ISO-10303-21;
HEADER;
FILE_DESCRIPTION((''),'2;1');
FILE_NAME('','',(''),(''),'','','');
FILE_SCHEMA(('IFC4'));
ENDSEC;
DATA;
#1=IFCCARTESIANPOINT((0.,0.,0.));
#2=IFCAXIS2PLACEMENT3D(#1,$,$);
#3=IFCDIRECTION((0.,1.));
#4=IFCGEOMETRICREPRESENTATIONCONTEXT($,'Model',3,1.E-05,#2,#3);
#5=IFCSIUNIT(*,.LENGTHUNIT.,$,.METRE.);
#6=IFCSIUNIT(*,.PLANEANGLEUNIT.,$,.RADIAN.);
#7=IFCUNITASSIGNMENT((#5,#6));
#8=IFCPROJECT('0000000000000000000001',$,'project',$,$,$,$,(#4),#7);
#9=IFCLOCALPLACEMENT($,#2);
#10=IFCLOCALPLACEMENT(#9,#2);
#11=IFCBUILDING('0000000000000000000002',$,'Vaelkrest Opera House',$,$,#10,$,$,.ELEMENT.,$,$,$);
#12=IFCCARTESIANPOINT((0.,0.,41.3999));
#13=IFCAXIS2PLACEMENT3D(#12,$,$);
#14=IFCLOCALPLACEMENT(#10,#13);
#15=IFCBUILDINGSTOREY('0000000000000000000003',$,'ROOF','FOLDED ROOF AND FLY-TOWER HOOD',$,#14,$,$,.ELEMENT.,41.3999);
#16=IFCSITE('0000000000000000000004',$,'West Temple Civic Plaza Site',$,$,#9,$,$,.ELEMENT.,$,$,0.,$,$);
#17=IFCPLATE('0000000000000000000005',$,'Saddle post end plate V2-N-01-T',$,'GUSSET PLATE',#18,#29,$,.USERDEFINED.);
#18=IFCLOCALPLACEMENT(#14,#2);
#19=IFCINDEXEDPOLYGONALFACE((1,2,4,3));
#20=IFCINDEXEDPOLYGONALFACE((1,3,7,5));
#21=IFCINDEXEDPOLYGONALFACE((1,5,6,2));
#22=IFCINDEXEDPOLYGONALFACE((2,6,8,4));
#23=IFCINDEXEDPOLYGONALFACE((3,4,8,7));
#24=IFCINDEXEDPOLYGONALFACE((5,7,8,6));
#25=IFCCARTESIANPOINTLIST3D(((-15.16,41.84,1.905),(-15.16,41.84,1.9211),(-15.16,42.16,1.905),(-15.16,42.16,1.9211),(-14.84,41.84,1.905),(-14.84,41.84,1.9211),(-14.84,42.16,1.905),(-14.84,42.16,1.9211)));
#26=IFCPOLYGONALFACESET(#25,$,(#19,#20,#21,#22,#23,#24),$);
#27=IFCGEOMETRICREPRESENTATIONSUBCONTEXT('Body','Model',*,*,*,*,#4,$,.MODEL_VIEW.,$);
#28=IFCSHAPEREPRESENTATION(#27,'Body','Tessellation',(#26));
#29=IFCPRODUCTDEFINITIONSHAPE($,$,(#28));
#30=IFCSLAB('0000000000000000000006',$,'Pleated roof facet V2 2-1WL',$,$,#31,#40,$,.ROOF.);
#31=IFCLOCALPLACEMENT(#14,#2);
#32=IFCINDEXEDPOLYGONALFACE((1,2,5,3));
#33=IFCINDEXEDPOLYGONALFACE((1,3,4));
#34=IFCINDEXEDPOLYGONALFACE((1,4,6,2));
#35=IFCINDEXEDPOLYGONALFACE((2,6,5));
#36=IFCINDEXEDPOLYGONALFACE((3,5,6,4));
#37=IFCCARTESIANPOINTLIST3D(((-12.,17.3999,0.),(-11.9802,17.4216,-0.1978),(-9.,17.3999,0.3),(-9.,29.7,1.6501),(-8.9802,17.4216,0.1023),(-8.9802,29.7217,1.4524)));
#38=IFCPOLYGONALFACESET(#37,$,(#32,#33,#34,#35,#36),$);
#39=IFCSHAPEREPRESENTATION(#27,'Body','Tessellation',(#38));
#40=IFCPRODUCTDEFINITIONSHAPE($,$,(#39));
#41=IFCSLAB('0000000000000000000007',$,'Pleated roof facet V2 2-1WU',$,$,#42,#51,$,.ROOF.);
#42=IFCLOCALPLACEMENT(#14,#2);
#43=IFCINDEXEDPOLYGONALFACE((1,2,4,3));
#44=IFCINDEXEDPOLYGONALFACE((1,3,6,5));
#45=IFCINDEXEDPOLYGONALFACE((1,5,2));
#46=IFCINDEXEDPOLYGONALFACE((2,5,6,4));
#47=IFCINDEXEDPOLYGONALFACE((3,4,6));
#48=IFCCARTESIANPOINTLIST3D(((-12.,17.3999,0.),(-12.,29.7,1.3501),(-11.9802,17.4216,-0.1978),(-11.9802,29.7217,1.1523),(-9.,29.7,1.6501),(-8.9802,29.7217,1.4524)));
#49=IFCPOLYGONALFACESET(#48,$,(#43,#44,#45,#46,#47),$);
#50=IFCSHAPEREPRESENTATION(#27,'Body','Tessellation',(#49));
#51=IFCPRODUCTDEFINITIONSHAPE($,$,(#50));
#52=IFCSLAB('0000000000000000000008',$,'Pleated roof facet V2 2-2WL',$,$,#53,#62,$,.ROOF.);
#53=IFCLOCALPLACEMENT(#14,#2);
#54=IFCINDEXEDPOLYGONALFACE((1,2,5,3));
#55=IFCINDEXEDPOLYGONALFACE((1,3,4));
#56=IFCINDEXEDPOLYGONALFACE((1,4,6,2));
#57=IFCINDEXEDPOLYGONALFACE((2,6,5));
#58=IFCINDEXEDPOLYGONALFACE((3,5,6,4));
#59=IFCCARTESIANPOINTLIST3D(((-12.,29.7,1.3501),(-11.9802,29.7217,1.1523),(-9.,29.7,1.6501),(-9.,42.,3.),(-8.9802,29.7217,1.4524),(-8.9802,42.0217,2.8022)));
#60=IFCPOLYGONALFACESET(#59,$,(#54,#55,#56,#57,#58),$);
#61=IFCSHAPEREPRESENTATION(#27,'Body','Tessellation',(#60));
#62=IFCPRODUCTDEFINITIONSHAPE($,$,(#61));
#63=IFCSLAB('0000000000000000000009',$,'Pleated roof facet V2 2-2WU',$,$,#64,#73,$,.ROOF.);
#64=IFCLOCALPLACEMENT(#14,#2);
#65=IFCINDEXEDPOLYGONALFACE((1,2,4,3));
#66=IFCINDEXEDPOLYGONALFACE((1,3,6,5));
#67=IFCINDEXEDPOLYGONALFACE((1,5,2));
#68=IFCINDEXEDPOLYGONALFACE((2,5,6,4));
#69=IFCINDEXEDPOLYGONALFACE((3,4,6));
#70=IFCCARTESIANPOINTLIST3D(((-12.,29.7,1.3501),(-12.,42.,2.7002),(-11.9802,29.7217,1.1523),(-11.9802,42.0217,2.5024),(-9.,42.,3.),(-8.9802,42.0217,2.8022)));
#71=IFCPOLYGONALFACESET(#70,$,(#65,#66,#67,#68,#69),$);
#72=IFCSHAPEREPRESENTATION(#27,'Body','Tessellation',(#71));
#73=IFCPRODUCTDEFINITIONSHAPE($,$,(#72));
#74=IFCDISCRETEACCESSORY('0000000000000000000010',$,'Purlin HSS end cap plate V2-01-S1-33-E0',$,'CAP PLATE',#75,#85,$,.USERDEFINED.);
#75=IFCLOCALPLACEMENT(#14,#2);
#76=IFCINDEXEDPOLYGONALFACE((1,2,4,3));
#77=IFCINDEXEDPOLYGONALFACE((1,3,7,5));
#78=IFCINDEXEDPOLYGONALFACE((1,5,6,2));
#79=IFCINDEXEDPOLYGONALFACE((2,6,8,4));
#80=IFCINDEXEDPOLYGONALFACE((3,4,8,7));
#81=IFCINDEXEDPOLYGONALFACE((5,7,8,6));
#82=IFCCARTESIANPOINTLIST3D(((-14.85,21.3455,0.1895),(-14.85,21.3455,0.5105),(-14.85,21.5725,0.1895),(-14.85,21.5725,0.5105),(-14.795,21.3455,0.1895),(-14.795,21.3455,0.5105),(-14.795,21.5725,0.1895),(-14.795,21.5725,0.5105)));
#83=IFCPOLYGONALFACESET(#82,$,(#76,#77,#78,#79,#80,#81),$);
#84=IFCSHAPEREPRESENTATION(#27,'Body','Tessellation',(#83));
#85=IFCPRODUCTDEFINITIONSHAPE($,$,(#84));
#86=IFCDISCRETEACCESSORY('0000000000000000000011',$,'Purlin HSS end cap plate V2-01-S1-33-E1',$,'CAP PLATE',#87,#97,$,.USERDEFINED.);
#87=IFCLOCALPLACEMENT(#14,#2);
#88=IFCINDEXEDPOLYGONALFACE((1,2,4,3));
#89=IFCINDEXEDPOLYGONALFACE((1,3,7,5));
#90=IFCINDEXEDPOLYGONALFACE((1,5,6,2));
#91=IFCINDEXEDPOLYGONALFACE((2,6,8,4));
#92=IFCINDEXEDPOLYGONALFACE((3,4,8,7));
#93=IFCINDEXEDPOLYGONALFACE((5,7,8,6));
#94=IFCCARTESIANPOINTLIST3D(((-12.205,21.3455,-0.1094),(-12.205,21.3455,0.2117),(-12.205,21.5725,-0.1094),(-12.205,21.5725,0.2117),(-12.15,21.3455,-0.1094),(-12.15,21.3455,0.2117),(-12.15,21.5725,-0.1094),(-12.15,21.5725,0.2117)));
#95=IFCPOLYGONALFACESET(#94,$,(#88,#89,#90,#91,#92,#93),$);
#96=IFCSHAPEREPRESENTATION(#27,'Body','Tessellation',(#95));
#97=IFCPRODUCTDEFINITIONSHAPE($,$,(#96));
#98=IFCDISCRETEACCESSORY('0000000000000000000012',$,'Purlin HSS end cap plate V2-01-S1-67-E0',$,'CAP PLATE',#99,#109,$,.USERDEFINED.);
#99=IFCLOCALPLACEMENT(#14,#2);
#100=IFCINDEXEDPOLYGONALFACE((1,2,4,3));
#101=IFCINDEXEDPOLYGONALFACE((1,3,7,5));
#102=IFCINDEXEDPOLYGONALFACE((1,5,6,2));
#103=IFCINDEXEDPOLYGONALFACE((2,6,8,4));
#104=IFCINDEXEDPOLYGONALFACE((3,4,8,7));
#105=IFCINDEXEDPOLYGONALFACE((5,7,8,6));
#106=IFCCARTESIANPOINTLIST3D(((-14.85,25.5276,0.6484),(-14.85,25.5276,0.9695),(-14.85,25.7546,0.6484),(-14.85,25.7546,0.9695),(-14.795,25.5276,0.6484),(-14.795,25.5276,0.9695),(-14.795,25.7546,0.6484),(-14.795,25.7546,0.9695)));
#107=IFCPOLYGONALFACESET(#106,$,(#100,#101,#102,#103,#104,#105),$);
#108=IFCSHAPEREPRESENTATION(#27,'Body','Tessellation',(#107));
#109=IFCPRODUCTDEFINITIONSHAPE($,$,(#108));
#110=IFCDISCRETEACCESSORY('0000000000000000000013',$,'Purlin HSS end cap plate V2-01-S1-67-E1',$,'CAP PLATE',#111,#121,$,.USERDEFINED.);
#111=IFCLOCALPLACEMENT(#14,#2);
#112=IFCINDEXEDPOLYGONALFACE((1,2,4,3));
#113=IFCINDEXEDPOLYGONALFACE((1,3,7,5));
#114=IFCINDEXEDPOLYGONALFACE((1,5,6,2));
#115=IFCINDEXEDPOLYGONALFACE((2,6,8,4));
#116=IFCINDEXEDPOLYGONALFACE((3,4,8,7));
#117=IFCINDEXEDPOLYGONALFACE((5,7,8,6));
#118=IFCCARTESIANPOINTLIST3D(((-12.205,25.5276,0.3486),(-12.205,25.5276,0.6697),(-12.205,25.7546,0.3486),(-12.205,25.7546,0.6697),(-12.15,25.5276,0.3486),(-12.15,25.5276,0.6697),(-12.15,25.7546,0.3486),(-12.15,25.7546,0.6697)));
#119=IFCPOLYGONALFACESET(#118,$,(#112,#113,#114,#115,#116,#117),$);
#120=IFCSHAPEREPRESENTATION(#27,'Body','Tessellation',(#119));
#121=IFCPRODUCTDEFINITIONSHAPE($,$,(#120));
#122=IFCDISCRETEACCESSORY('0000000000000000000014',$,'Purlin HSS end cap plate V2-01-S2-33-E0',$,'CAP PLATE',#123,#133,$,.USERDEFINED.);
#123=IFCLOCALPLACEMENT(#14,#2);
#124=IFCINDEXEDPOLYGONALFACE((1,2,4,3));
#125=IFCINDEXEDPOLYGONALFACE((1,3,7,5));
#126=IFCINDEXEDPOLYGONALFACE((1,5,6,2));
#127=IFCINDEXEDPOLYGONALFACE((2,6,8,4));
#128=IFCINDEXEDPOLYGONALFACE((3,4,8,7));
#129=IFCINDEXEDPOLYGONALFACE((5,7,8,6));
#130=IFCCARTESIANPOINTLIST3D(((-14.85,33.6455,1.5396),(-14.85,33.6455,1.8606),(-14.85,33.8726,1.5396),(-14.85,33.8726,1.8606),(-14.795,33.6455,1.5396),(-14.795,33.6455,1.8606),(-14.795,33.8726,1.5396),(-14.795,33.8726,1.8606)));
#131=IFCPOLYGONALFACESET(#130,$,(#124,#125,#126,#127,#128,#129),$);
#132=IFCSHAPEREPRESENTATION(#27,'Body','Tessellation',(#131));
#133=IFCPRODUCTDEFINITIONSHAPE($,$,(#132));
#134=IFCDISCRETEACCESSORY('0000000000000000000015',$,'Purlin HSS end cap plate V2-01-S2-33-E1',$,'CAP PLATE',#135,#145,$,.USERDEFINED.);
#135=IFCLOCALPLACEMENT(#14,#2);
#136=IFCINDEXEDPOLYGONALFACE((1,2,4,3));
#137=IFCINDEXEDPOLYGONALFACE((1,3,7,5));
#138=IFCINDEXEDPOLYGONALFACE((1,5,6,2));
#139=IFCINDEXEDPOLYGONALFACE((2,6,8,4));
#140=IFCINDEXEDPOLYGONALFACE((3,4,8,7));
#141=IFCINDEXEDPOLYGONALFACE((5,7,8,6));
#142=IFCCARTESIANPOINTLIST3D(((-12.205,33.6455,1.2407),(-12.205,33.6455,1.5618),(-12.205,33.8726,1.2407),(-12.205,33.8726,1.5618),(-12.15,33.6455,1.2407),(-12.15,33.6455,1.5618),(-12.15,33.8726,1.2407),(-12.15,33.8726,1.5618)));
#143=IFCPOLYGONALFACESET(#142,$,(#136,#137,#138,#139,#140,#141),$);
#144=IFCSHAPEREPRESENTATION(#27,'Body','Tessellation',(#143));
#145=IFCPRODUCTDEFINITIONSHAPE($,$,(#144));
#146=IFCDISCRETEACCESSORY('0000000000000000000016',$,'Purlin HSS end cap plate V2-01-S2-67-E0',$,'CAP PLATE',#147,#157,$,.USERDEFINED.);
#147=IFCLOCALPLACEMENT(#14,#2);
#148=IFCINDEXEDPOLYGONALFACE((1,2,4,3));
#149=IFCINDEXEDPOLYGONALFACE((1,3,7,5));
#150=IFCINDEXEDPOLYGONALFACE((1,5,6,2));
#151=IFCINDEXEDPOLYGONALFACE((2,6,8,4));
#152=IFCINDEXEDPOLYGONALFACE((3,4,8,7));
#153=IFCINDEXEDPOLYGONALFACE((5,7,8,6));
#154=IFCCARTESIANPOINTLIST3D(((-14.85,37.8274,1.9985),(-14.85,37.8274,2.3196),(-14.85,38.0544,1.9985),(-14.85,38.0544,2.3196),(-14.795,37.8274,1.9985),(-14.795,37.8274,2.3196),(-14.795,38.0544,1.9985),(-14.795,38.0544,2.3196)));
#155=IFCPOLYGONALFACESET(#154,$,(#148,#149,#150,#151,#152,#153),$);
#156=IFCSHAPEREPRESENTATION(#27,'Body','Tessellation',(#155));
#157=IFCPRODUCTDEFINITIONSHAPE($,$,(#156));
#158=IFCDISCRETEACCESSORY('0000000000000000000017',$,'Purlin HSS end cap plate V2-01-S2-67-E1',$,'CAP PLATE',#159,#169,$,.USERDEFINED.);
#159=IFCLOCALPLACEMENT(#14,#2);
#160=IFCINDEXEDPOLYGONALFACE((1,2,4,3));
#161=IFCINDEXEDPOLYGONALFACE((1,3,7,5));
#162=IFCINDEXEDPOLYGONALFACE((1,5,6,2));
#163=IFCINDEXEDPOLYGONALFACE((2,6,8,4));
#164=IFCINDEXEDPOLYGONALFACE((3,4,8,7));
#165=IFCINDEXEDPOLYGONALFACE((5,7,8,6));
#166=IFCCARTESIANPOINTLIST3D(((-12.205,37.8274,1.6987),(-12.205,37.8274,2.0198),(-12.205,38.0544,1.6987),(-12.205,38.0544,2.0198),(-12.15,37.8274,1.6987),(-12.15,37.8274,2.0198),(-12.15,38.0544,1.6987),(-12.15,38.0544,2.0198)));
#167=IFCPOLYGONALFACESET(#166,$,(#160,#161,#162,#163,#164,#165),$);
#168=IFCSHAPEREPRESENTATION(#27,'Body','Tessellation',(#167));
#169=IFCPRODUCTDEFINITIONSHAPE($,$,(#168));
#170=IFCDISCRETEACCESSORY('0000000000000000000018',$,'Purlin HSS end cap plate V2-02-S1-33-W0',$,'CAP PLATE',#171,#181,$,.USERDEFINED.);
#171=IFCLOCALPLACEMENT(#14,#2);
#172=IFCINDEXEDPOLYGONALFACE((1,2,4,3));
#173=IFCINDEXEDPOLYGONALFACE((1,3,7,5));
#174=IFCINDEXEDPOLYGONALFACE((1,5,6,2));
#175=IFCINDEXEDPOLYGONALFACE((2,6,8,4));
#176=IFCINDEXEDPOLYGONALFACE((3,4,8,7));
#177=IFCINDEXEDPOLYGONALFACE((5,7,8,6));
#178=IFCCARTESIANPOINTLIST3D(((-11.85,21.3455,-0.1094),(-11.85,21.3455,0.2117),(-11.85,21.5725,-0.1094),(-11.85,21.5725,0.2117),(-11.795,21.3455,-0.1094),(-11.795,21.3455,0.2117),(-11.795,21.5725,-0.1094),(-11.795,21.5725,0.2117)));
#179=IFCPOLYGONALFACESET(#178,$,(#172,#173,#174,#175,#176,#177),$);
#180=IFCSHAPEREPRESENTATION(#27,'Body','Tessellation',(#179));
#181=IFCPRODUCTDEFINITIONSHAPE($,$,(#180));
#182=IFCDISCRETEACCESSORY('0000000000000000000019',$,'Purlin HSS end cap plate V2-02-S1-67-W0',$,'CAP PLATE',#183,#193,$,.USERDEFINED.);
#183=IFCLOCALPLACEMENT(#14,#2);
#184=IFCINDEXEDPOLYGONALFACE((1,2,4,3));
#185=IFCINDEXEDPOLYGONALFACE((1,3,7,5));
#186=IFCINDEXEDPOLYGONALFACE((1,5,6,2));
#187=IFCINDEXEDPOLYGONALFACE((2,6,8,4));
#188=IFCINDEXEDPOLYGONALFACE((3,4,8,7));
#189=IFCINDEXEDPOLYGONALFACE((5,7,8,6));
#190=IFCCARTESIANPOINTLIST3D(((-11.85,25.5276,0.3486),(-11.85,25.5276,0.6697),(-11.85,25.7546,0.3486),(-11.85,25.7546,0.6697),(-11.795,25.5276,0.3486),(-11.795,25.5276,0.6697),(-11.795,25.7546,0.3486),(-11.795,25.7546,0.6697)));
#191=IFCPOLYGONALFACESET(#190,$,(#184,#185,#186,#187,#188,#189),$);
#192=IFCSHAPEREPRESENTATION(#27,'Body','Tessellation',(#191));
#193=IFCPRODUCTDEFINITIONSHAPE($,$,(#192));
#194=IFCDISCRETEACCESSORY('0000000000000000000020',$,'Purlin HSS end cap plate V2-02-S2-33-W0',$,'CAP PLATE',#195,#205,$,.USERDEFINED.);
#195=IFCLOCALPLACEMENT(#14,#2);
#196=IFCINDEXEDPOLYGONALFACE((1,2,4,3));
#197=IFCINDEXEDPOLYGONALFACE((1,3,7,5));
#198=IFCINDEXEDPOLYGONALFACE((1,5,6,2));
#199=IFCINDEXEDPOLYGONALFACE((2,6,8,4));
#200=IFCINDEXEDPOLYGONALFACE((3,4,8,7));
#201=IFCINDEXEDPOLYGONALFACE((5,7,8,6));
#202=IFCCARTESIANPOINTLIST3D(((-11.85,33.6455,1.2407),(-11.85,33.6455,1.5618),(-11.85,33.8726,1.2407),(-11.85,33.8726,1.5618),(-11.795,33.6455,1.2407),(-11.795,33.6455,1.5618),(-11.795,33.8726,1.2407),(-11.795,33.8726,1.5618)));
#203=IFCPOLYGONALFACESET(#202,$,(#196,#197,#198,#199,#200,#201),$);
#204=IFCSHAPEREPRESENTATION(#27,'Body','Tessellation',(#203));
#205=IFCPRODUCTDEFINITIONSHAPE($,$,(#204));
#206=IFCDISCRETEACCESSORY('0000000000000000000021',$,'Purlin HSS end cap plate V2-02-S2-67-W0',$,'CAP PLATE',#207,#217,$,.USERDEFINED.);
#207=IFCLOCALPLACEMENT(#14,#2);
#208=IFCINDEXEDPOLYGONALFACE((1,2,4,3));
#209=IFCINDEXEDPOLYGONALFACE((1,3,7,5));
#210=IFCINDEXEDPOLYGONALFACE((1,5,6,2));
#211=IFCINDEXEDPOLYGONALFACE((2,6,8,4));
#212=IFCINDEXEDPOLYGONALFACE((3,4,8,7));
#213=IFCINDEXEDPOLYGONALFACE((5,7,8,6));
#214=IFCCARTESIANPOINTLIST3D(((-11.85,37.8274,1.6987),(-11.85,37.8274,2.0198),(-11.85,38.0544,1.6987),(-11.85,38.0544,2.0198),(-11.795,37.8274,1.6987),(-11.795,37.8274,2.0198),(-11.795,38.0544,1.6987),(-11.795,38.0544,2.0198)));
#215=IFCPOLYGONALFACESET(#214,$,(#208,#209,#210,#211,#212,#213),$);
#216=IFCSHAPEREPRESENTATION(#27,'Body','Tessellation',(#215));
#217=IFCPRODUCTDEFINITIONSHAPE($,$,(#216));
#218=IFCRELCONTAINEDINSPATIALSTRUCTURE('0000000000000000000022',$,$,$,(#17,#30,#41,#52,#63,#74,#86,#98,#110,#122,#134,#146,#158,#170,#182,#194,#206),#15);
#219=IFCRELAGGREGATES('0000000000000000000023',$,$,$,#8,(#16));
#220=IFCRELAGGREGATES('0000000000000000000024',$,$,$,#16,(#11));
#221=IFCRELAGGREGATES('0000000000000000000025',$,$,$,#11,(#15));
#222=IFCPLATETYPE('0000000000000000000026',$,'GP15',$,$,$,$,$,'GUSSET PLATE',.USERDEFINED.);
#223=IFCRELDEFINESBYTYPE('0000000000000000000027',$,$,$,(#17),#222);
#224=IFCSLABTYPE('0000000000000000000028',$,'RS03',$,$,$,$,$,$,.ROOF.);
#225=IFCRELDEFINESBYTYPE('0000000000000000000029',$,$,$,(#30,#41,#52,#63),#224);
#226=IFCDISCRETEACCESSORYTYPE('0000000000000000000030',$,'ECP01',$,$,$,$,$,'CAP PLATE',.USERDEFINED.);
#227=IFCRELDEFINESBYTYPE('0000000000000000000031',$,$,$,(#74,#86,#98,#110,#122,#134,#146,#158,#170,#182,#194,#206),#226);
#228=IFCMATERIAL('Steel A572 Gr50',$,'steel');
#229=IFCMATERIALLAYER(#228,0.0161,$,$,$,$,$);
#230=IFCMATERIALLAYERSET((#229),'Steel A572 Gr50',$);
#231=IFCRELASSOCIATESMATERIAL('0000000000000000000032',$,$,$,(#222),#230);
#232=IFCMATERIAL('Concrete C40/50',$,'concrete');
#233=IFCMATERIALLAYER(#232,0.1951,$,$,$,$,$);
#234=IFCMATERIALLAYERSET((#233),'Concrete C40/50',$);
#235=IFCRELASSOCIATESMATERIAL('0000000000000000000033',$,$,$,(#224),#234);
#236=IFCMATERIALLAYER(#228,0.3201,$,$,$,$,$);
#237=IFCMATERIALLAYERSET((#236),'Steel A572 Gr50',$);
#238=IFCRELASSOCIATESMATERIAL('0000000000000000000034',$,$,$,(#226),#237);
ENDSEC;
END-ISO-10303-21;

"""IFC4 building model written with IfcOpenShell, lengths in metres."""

from ifc_helpers import new_model, si_unit, direction, frame, origin, origin_2d, place, context, subcontext, project, spatial, polyline, rectangle, outline, extrude, material, layer, layer_set, type_object, element, save


model = new_model("IFC4")

# Units and contexts
model_context = context("Model", 3, precision=1e-05, world=origin(), true_north=direction((0.0, 1.0)))
body_context = subcontext(model_context, "Body", "Model", "MODEL_VIEW")
ifc_project = project(units=[si_unit("LENGTHUNIT", "METRE"), si_unit("PLANEANGLEUNIT", "RADIAN")], contexts=[model_context])

# Site, building, storey
site_placement = place(None, origin())
site = spatial("IfcSite", under=ifc_project, at=site_placement, Name="West Temple Civic Plaza Site", CompositionType="ELEMENT", RefElevation=0.0)
building_placement = place(site_placement, origin())
building = spatial("IfcBuilding", under=site, at=building_placement, Name="Vaelkrest Opera House", CompositionType="ELEMENT")
storey_placement = place(building_placement, frame((0.0, 0.0, 41.3999)))
storey = spatial("IfcBuildingStorey", under=building, at=storey_placement, Name="ROOF", Description="FOLDED ROOF AND FLY-TOWER HOOD", CompositionType="ELEMENT", Elevation=41.3999)

# Plate
ifc_material_1 = material(Name="Steel A572 Gr50", Category="steel")
ifc_layer_1 = layer(ifc_material_1, 0.0161)
ifc_layer_set_1 = layer_set([ifc_layer_1], Name="Steel A572 Gr50")
plate_type_1 = type_object("IfcPlateType", Name="GP15", ElementType="GUSSET PLATE", PredefinedType="USERDEFINED", material=ifc_layer_set_1)
for number, where, z_axis, x_axis, name in (
    (1, (-15.0, 42.0, 1.905), (0.0, 0.0, 1.0), (1.0, 0.0, 0.0), "Saddle post end plate V2-N-01-T"),
):
    element("IfcPlate", number, at=place(storey_placement, frame(where, z_axis=z_axis, x_axis=x_axis)), inside=storey, type_object=plate_type_1, Name=name, ObjectType="GUSSET PLATE", PredefinedType="USERDEFINED", context=body_context, shape_type="SweptSolid", body=[
        extrude(rectangle(XDim=0.3201, YDim=0.3201, at=origin_2d()), origin(), (0.0, 0.0, 1.0), 0.0161),
    ])

# Slabs
ifc_material_2 = material(Name="Concrete C40/50", Category="concrete")
ifc_layer_2 = layer(ifc_material_2, 0.1951)
ifc_layer_set_2 = layer_set([ifc_layer_2], Name="Concrete C40/50")
slab_type = type_object("IfcSlabType", Name="RS03", PredefinedType="ROOF", material=ifc_layer_set_2)
slab_1_placement = place(storey_placement, frame((-12.0, 17.3999, 0.0), z_axis=(-0.098931, -0.108573, 0.989153), x_axis=(0.995036, 0.0, 0.09952)))
element("IfcSlab", 2, at=slab_1_placement, inside=storey, type_object=slab_type, Name="Pleated roof facet V2 2-1WL", PredefinedType="ROOF", context=body_context, shape_type="SweptSolid", body=[
    extrude(outline(polyline([(0.0, 0.0), (3.015, 0.0), (3.1493, 12.3732), (0.0, 0.0)])), origin(), (0.0, 0.0, -1.0), 0.2),
])
slab_2_placement = place(storey_placement, frame((-12.0, 17.3999, 0.0), z_axis=(-0.098931, -0.108573, 0.989153), x_axis=(0.234968, 0.963372, 0.129244)))
element("IfcSlab", 3, at=slab_2_placement, inside=storey, type_object=slab_type, Name="Pleated roof facet V2 2-1WU", PredefinedType="ROOF", context=body_context, shape_type="SweptSolid", body=[
    extrude(outline(polyline([(0.0, 0.0), (12.7677, 0.0), (12.024, 2.9218), (0.0, 0.0)])), origin(), (0.0, 0.0, -1.0), 0.2),
])
slab_3_placement = place(storey_placement, frame((-12.0, 29.7, 1.3501), z_axis=(-0.098932, -0.108554, 0.989156), x_axis=(0.995036, 0.0, 0.09952)))
element("IfcSlab", 4, at=slab_3_placement, inside=storey, type_object=slab_type, Name="Pleated roof facet V2 2-2WL", PredefinedType="ROOF", context=body_context, shape_type="SweptSolid", body=[
    extrude(outline(polyline([(0.0, 0.0), (3.015, 0.0), (3.1493, 12.3732), (0.0, 0.0)])), origin(), (0.0, 0.0, -1.0), 0.2),
])
slab_4_placement = place(storey_placement, frame((-12.0, 29.7, 1.3501), z_axis=(-0.098852, -0.108574, 0.989161), x_axis=(0.234968, 0.963375, 0.129225)))
element("IfcSlab", 5, at=slab_4_placement, inside=storey, type_object=slab_type, Name="Pleated roof facet V2 2-2WU", PredefinedType="ROOF", context=body_context, shape_type="SweptSolid", body=[
    extrude(outline(polyline([(0.0, 0.0), (12.7677, 0.0), (12.024, 2.9218), (0.0, 0.0)])), origin(), (0.0, 0.0, -1.0), 0.2),
])

# Discrete accessories
ifc_layer_3 = layer(ifc_material_1, 0.3201)
ifc_layer_set_3 = layer_set([ifc_layer_3], Name="Steel A572 Gr50")
discrete_accessory_type = type_object("IfcDiscreteAccessoryType", Name="ECP01", ElementType="CAP PLATE", PredefinedType="USERDEFINED", material=ifc_layer_set_3)
for number, where, z_axis, x_axis, name in (
    (6, (-14.8225, 21.459, 0.1895), (0.0, 0.0, 1.0), (1.0, 0.0, 0.0), "Purlin HSS end cap plate V2-01-S1-33-E0"),
    (7, (-12.1775, 21.459, -0.1094), (0.0, 0.0, 1.0), (1.0, 0.0, 0.0), "Purlin HSS end cap plate V2-01-S1-33-E1"),
    (8, (-14.8225, 25.6411, 0.6484), (0.0, 0.0, 1.0), (1.0, 0.0, 0.0), "Purlin HSS end cap plate V2-01-S1-67-E0"),
    (9, (-12.1775, 25.6411, 0.3486), (0.0, 0.0, 1.0), (1.0, 0.0, 0.0), "Purlin HSS end cap plate V2-01-S1-67-E1"),
    (10, (-14.8225, 33.759, 1.5396), (0.0, 0.0, 1.0), (1.0, 0.0, 0.0), "Purlin HSS end cap plate V2-01-S2-33-E0"),
    (11, (-12.1775, 33.759, 1.2407), (0.0, 0.0, 1.0), (1.0, 0.0, 0.0), "Purlin HSS end cap plate V2-01-S2-33-E1"),
    (12, (-14.8225, 37.9409, 1.9985), (0.0, 0.0, 1.0), (1.0, 0.0, 0.0), "Purlin HSS end cap plate V2-01-S2-67-E0"),
    (13, (-12.1775, 37.9409, 1.6987), (0.0, 0.0, 1.0), (1.0, 0.0, 0.0), "Purlin HSS end cap plate V2-01-S2-67-E1"),
    (14, (-11.8225, 21.459, -0.1094), (0.0, 0.0, 1.0), (1.0, 0.0, 0.0), "Purlin HSS end cap plate V2-02-S1-33-W0"),
    (15, (-11.8225, 25.6411, 0.3486), (0.0, 0.0, 1.0), (1.0, 0.0, 0.0), "Purlin HSS end cap plate V2-02-S1-67-W0"),
    (16, (-11.8225, 33.759, 1.2407), (0.0, 0.0, 1.0), (1.0, 0.0, 0.0), "Purlin HSS end cap plate V2-02-S2-33-W0"),
    (17, (-11.8225, 37.9409, 1.6987), (0.0, 0.0, 1.0), (1.0, 0.0, 0.0), "Purlin HSS end cap plate V2-02-S2-67-W0"),
):
    element("IfcDiscreteAccessory", number, at=place(storey_placement, frame(where, z_axis=z_axis, x_axis=x_axis)), inside=storey, type_object=discrete_accessory_type, Name=name, ObjectType="CAP PLATE", PredefinedType="USERDEFINED", context=body_context, shape_type="SweptSolid", body=[
        extrude(rectangle(XDim=0.0549, YDim=0.2271, at=origin_2d()), origin(), (0.0, 0.0, 1.0), 0.321),
    ])

save(model, "model.ifc")
